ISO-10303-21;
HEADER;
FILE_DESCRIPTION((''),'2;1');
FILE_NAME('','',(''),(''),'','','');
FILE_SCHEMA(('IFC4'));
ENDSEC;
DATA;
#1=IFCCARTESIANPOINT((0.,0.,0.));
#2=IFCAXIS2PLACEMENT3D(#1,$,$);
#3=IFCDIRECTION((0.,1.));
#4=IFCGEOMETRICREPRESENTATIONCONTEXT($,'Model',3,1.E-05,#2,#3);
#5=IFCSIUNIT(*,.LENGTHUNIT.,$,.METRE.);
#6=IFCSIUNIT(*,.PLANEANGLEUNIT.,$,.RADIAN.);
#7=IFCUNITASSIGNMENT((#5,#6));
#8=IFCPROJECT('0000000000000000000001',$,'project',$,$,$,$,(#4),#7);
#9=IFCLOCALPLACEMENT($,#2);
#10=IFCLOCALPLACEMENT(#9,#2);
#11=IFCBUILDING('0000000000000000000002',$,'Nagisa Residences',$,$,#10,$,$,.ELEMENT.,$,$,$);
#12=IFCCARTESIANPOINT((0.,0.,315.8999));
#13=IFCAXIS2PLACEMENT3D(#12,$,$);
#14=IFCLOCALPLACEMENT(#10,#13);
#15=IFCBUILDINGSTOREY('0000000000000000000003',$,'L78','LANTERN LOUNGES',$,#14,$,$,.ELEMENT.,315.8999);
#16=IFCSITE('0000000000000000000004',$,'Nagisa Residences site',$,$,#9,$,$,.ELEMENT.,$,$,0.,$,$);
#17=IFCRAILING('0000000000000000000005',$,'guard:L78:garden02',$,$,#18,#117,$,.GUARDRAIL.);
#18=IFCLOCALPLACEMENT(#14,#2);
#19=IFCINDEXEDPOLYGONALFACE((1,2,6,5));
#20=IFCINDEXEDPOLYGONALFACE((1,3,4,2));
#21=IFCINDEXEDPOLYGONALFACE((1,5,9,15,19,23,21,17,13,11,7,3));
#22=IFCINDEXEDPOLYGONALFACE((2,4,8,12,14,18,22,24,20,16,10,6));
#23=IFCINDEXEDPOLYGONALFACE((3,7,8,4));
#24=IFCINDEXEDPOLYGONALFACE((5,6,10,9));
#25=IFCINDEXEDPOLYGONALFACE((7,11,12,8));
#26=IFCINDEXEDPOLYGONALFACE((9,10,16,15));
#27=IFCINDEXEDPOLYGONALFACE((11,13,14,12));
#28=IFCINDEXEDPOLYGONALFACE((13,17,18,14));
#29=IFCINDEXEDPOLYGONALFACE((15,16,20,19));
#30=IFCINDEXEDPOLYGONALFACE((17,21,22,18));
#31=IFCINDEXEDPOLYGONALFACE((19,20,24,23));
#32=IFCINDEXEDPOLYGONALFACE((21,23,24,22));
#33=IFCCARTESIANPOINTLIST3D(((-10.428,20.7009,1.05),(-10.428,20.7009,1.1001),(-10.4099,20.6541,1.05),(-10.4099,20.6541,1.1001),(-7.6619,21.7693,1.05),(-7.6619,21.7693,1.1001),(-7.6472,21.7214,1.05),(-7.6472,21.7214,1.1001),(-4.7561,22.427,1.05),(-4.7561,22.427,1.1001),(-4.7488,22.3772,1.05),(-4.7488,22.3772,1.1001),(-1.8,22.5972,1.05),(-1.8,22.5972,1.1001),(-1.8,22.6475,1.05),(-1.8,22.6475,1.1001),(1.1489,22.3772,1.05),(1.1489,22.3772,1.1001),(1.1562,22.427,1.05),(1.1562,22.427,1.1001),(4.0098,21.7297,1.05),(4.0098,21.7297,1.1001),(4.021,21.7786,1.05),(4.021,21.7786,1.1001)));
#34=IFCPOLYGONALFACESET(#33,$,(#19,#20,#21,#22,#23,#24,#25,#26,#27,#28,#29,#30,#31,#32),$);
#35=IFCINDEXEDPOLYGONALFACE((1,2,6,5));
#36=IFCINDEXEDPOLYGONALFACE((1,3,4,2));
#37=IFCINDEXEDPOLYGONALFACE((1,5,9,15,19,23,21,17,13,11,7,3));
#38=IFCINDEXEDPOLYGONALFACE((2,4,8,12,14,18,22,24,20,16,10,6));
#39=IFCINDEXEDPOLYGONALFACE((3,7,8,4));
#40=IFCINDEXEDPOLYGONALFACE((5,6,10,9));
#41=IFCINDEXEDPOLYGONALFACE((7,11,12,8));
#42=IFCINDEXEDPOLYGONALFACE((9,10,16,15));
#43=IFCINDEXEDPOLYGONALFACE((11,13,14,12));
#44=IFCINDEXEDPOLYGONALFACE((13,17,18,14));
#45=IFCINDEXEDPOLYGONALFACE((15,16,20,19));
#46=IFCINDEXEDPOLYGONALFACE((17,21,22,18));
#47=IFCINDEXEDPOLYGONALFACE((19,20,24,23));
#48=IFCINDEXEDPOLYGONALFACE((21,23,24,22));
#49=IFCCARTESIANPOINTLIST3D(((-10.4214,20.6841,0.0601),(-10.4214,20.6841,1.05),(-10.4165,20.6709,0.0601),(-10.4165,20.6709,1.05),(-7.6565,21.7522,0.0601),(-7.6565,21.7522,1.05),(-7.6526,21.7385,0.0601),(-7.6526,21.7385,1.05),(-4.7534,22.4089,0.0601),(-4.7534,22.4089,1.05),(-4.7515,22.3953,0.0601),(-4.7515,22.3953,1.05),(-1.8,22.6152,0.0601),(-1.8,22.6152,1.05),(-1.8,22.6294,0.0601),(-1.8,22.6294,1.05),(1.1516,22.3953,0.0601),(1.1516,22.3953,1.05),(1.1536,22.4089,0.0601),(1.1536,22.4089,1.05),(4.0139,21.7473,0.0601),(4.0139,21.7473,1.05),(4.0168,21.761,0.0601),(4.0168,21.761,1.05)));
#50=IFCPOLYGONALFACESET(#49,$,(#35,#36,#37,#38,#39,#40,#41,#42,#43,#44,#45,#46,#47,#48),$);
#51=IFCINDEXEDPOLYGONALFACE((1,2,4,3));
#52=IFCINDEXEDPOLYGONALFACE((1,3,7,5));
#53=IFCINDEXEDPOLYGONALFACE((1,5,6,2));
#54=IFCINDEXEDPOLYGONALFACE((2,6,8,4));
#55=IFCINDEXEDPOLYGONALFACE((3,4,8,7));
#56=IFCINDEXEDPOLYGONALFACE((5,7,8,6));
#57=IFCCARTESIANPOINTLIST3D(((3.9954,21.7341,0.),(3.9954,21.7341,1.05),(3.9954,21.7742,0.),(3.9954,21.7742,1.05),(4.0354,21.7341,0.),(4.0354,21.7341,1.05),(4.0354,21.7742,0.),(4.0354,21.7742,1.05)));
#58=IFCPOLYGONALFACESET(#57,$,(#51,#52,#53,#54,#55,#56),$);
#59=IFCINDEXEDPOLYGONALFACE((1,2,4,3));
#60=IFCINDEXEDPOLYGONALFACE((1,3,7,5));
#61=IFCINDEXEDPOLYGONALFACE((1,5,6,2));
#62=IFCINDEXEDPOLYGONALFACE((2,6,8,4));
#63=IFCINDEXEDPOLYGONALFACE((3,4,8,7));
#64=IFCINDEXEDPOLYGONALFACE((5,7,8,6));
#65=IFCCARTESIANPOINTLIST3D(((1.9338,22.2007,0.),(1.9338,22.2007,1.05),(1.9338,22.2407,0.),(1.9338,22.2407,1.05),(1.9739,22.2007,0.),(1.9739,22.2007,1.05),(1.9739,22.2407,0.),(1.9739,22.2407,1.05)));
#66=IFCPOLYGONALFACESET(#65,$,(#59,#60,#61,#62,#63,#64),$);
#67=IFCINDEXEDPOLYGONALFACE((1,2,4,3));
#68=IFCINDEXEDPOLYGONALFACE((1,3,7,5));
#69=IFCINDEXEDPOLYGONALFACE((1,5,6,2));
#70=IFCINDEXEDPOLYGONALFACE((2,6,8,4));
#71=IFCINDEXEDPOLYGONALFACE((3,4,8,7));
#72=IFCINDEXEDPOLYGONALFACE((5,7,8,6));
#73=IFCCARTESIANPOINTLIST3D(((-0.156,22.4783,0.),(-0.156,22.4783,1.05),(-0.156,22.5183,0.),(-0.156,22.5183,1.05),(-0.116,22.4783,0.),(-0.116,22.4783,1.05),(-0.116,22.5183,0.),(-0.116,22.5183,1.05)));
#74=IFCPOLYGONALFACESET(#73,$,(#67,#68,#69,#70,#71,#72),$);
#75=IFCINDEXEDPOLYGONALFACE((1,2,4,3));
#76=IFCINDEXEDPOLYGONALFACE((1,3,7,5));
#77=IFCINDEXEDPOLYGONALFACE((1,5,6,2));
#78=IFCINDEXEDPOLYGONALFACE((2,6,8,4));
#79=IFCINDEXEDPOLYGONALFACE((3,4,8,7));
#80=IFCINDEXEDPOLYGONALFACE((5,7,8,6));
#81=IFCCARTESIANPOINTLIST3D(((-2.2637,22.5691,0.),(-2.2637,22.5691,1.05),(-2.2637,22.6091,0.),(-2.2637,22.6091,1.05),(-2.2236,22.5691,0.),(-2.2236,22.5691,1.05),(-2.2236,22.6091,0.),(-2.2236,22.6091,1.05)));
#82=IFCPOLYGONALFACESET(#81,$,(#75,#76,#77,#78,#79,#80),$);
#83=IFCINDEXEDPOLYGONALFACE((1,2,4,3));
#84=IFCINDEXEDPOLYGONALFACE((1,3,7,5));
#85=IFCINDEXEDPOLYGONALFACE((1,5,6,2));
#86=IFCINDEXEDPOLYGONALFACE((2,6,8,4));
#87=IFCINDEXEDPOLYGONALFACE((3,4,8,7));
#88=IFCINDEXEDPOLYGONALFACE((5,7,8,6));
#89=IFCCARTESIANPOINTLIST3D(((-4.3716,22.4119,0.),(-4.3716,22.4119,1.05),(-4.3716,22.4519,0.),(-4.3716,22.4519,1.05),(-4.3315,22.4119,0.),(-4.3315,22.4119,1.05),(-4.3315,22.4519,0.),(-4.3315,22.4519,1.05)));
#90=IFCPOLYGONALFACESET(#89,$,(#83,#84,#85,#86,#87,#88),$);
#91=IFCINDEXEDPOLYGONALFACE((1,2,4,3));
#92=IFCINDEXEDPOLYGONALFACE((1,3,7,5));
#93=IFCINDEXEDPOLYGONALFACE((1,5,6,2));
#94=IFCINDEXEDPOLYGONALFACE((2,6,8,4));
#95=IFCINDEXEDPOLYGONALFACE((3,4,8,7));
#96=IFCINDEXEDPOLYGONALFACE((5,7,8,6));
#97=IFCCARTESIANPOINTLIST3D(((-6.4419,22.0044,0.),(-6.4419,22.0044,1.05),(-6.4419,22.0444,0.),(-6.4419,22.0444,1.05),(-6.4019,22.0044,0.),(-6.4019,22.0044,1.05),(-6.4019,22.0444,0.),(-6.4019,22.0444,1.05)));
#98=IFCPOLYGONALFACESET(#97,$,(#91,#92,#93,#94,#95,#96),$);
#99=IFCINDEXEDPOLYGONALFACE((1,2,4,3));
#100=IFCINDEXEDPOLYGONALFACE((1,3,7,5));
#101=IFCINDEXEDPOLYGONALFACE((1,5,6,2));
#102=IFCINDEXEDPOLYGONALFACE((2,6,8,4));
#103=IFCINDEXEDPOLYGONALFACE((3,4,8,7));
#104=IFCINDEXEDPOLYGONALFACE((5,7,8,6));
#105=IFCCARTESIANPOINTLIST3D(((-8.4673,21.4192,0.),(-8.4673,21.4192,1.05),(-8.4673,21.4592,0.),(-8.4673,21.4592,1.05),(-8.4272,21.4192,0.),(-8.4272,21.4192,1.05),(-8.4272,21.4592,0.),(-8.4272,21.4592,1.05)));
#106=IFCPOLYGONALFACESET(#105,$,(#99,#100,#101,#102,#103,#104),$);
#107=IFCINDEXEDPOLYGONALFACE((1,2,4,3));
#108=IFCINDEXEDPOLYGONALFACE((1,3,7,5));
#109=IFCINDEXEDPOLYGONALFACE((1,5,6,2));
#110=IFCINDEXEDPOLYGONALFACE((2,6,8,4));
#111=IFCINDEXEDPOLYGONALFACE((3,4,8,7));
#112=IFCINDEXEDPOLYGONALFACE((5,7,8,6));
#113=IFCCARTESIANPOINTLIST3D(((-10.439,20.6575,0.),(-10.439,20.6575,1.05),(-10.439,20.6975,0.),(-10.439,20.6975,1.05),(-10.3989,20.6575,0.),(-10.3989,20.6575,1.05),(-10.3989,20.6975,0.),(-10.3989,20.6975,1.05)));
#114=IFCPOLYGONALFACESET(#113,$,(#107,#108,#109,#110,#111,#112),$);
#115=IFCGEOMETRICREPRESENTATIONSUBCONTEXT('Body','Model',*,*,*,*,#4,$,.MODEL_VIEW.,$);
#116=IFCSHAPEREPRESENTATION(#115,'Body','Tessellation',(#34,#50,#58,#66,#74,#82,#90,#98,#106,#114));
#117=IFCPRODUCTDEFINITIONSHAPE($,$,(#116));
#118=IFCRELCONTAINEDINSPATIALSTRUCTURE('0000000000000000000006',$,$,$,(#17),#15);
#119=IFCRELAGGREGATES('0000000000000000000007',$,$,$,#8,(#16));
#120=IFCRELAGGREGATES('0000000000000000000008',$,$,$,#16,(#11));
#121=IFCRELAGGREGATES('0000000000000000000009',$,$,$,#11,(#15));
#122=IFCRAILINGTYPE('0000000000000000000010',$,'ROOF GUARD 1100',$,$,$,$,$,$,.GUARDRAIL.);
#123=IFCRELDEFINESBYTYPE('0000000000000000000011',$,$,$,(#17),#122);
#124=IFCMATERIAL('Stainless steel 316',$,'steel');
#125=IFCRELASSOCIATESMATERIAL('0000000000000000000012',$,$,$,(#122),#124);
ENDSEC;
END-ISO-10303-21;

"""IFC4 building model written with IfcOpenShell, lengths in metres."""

from ifc_helpers import new_model, si_unit, direction, frame, origin, origin_2d, place, context, subcontext, project, spatial, polyline, rectangle, outline, extrude, material, type_object, element, save


model = new_model("IFC4")

# Units and contexts
model_context = context("Model", 3, precision=1e-05, world=origin(), true_north=direction((0.0, 1.0)))
body_context = subcontext(model_context, "Body", "Model", "MODEL_VIEW")
ifc_project = project(units=[si_unit("LENGTHUNIT", "METRE"), si_unit("PLANEANGLEUNIT", "RADIAN")], contexts=[model_context])

# Site, building, storey
site_placement = place(None, origin())
site = spatial("IfcSite", under=ifc_project, at=site_placement, Name="Nagisa Residences site", CompositionType="ELEMENT", RefElevation=0.0)
building_placement = place(site_placement, origin())
building = spatial("IfcBuilding", under=site, at=building_placement, Name="Nagisa Residences", CompositionType="ELEMENT")
storey_placement = place(building_placement, frame((0.0, 0.0, 315.8999)))
storey = spatial("IfcBuildingStorey", under=building, at=storey_placement, Name="L78", Description="LANTERN LOUNGES", CompositionType="ELEMENT", Elevation=315.8999)

# Railing
ifc_material_1 = material(Name="Stainless steel 316", Category="steel")
railing_type_1 = type_object("IfcRailingType", Name="ROOF GUARD 1100", PredefinedType="GUARDRAIL", material=ifc_material_1)
railing_1_placement = place(storey_placement, frame((4.0154, 21.7542, 0.0)))
element("IfcRailing", 1, at=railing_1_placement, inside=storey, type_object=railing_type_1, Name="guard:L78:garden02", PredefinedType="GUARDRAIL", context=body_context, shape_type="SweptSolid", body=[
    extrude(outline(polyline([(-2.8665, 0.623), (-0.0056, -0.0244), (0.0056, 0.0244), (-2.8591, 0.6729), (-5.8154, 0.8933), (-8.7715, 0.6729), (-11.6772, 0.0151), (-14.4434, -1.0532), (-14.4253, -1.1001), (-11.6626, -0.0327), (-8.7642, 0.623), (-5.8154, 0.843), (-2.8665, 0.623)])), frame((0.0, 0.0, 1.05)), (0.0, 0.0, 1.0), 0.05),
    extrude(outline(polyline([(-2.8638, 0.6411), (-0.0015, -0.0068), (0.0015, 0.0068), (-2.8618, 0.6548), (-5.8154, 0.8752), (-8.7688, 0.6548), (-11.6719, -0.002), (-14.4368, -1.0701), (-14.4319, -1.0833), (-11.668, -0.0156), (-8.7668, 0.6411), (-5.8154, 0.8611), (-2.8638, 0.6411)])), frame((0.0, 0.0, 0.0601)), (0.0, 0.0, 1.0), 0.99),
    extrude(rectangle(XDim=0.04, YDim=0.04, at=origin_2d()), origin(), (0.0, 0.0, 1.0), 1.05),
    extrude(rectangle(XDim=0.04, YDim=0.04, at=origin_2d()), frame((-2.0615, 0.4666, 0.0)), (0.0, 0.0, 1.0), 1.05),
    extrude(rectangle(XDim=0.04, YDim=0.04, at=origin_2d()), frame((-4.1514, 0.7441, 0.0)), (0.0, 0.0, 1.0), 1.05),
    extrude(rectangle(XDim=0.04, YDim=0.04, at=origin_2d()), frame((-6.259, 0.835, 0.0)), (0.0, 0.0, 1.0), 1.05),
    extrude(rectangle(XDim=0.04, YDim=0.04, at=origin_2d()), frame((-8.3669, 0.6777, 0.0)), (0.0, 0.0, 1.0), 1.05),
    extrude(rectangle(XDim=0.04, YDim=0.04, at=origin_2d()), frame((-10.4373, 0.2703, 0.0)), (0.0, 0.0, 1.0), 1.05),
    extrude(rectangle(XDim=0.04, YDim=0.04, at=origin_2d()), frame((-12.4626, -0.3149, 0.0)), (0.0, 0.0, 1.0), 1.05),
    extrude(rectangle(XDim=0.04, YDim=0.04, at=origin_2d()), frame((-14.4343, -1.0767, 0.0)), (0.0, 0.0, 1.0), 1.05),
])

save(model, "model.ifc")
